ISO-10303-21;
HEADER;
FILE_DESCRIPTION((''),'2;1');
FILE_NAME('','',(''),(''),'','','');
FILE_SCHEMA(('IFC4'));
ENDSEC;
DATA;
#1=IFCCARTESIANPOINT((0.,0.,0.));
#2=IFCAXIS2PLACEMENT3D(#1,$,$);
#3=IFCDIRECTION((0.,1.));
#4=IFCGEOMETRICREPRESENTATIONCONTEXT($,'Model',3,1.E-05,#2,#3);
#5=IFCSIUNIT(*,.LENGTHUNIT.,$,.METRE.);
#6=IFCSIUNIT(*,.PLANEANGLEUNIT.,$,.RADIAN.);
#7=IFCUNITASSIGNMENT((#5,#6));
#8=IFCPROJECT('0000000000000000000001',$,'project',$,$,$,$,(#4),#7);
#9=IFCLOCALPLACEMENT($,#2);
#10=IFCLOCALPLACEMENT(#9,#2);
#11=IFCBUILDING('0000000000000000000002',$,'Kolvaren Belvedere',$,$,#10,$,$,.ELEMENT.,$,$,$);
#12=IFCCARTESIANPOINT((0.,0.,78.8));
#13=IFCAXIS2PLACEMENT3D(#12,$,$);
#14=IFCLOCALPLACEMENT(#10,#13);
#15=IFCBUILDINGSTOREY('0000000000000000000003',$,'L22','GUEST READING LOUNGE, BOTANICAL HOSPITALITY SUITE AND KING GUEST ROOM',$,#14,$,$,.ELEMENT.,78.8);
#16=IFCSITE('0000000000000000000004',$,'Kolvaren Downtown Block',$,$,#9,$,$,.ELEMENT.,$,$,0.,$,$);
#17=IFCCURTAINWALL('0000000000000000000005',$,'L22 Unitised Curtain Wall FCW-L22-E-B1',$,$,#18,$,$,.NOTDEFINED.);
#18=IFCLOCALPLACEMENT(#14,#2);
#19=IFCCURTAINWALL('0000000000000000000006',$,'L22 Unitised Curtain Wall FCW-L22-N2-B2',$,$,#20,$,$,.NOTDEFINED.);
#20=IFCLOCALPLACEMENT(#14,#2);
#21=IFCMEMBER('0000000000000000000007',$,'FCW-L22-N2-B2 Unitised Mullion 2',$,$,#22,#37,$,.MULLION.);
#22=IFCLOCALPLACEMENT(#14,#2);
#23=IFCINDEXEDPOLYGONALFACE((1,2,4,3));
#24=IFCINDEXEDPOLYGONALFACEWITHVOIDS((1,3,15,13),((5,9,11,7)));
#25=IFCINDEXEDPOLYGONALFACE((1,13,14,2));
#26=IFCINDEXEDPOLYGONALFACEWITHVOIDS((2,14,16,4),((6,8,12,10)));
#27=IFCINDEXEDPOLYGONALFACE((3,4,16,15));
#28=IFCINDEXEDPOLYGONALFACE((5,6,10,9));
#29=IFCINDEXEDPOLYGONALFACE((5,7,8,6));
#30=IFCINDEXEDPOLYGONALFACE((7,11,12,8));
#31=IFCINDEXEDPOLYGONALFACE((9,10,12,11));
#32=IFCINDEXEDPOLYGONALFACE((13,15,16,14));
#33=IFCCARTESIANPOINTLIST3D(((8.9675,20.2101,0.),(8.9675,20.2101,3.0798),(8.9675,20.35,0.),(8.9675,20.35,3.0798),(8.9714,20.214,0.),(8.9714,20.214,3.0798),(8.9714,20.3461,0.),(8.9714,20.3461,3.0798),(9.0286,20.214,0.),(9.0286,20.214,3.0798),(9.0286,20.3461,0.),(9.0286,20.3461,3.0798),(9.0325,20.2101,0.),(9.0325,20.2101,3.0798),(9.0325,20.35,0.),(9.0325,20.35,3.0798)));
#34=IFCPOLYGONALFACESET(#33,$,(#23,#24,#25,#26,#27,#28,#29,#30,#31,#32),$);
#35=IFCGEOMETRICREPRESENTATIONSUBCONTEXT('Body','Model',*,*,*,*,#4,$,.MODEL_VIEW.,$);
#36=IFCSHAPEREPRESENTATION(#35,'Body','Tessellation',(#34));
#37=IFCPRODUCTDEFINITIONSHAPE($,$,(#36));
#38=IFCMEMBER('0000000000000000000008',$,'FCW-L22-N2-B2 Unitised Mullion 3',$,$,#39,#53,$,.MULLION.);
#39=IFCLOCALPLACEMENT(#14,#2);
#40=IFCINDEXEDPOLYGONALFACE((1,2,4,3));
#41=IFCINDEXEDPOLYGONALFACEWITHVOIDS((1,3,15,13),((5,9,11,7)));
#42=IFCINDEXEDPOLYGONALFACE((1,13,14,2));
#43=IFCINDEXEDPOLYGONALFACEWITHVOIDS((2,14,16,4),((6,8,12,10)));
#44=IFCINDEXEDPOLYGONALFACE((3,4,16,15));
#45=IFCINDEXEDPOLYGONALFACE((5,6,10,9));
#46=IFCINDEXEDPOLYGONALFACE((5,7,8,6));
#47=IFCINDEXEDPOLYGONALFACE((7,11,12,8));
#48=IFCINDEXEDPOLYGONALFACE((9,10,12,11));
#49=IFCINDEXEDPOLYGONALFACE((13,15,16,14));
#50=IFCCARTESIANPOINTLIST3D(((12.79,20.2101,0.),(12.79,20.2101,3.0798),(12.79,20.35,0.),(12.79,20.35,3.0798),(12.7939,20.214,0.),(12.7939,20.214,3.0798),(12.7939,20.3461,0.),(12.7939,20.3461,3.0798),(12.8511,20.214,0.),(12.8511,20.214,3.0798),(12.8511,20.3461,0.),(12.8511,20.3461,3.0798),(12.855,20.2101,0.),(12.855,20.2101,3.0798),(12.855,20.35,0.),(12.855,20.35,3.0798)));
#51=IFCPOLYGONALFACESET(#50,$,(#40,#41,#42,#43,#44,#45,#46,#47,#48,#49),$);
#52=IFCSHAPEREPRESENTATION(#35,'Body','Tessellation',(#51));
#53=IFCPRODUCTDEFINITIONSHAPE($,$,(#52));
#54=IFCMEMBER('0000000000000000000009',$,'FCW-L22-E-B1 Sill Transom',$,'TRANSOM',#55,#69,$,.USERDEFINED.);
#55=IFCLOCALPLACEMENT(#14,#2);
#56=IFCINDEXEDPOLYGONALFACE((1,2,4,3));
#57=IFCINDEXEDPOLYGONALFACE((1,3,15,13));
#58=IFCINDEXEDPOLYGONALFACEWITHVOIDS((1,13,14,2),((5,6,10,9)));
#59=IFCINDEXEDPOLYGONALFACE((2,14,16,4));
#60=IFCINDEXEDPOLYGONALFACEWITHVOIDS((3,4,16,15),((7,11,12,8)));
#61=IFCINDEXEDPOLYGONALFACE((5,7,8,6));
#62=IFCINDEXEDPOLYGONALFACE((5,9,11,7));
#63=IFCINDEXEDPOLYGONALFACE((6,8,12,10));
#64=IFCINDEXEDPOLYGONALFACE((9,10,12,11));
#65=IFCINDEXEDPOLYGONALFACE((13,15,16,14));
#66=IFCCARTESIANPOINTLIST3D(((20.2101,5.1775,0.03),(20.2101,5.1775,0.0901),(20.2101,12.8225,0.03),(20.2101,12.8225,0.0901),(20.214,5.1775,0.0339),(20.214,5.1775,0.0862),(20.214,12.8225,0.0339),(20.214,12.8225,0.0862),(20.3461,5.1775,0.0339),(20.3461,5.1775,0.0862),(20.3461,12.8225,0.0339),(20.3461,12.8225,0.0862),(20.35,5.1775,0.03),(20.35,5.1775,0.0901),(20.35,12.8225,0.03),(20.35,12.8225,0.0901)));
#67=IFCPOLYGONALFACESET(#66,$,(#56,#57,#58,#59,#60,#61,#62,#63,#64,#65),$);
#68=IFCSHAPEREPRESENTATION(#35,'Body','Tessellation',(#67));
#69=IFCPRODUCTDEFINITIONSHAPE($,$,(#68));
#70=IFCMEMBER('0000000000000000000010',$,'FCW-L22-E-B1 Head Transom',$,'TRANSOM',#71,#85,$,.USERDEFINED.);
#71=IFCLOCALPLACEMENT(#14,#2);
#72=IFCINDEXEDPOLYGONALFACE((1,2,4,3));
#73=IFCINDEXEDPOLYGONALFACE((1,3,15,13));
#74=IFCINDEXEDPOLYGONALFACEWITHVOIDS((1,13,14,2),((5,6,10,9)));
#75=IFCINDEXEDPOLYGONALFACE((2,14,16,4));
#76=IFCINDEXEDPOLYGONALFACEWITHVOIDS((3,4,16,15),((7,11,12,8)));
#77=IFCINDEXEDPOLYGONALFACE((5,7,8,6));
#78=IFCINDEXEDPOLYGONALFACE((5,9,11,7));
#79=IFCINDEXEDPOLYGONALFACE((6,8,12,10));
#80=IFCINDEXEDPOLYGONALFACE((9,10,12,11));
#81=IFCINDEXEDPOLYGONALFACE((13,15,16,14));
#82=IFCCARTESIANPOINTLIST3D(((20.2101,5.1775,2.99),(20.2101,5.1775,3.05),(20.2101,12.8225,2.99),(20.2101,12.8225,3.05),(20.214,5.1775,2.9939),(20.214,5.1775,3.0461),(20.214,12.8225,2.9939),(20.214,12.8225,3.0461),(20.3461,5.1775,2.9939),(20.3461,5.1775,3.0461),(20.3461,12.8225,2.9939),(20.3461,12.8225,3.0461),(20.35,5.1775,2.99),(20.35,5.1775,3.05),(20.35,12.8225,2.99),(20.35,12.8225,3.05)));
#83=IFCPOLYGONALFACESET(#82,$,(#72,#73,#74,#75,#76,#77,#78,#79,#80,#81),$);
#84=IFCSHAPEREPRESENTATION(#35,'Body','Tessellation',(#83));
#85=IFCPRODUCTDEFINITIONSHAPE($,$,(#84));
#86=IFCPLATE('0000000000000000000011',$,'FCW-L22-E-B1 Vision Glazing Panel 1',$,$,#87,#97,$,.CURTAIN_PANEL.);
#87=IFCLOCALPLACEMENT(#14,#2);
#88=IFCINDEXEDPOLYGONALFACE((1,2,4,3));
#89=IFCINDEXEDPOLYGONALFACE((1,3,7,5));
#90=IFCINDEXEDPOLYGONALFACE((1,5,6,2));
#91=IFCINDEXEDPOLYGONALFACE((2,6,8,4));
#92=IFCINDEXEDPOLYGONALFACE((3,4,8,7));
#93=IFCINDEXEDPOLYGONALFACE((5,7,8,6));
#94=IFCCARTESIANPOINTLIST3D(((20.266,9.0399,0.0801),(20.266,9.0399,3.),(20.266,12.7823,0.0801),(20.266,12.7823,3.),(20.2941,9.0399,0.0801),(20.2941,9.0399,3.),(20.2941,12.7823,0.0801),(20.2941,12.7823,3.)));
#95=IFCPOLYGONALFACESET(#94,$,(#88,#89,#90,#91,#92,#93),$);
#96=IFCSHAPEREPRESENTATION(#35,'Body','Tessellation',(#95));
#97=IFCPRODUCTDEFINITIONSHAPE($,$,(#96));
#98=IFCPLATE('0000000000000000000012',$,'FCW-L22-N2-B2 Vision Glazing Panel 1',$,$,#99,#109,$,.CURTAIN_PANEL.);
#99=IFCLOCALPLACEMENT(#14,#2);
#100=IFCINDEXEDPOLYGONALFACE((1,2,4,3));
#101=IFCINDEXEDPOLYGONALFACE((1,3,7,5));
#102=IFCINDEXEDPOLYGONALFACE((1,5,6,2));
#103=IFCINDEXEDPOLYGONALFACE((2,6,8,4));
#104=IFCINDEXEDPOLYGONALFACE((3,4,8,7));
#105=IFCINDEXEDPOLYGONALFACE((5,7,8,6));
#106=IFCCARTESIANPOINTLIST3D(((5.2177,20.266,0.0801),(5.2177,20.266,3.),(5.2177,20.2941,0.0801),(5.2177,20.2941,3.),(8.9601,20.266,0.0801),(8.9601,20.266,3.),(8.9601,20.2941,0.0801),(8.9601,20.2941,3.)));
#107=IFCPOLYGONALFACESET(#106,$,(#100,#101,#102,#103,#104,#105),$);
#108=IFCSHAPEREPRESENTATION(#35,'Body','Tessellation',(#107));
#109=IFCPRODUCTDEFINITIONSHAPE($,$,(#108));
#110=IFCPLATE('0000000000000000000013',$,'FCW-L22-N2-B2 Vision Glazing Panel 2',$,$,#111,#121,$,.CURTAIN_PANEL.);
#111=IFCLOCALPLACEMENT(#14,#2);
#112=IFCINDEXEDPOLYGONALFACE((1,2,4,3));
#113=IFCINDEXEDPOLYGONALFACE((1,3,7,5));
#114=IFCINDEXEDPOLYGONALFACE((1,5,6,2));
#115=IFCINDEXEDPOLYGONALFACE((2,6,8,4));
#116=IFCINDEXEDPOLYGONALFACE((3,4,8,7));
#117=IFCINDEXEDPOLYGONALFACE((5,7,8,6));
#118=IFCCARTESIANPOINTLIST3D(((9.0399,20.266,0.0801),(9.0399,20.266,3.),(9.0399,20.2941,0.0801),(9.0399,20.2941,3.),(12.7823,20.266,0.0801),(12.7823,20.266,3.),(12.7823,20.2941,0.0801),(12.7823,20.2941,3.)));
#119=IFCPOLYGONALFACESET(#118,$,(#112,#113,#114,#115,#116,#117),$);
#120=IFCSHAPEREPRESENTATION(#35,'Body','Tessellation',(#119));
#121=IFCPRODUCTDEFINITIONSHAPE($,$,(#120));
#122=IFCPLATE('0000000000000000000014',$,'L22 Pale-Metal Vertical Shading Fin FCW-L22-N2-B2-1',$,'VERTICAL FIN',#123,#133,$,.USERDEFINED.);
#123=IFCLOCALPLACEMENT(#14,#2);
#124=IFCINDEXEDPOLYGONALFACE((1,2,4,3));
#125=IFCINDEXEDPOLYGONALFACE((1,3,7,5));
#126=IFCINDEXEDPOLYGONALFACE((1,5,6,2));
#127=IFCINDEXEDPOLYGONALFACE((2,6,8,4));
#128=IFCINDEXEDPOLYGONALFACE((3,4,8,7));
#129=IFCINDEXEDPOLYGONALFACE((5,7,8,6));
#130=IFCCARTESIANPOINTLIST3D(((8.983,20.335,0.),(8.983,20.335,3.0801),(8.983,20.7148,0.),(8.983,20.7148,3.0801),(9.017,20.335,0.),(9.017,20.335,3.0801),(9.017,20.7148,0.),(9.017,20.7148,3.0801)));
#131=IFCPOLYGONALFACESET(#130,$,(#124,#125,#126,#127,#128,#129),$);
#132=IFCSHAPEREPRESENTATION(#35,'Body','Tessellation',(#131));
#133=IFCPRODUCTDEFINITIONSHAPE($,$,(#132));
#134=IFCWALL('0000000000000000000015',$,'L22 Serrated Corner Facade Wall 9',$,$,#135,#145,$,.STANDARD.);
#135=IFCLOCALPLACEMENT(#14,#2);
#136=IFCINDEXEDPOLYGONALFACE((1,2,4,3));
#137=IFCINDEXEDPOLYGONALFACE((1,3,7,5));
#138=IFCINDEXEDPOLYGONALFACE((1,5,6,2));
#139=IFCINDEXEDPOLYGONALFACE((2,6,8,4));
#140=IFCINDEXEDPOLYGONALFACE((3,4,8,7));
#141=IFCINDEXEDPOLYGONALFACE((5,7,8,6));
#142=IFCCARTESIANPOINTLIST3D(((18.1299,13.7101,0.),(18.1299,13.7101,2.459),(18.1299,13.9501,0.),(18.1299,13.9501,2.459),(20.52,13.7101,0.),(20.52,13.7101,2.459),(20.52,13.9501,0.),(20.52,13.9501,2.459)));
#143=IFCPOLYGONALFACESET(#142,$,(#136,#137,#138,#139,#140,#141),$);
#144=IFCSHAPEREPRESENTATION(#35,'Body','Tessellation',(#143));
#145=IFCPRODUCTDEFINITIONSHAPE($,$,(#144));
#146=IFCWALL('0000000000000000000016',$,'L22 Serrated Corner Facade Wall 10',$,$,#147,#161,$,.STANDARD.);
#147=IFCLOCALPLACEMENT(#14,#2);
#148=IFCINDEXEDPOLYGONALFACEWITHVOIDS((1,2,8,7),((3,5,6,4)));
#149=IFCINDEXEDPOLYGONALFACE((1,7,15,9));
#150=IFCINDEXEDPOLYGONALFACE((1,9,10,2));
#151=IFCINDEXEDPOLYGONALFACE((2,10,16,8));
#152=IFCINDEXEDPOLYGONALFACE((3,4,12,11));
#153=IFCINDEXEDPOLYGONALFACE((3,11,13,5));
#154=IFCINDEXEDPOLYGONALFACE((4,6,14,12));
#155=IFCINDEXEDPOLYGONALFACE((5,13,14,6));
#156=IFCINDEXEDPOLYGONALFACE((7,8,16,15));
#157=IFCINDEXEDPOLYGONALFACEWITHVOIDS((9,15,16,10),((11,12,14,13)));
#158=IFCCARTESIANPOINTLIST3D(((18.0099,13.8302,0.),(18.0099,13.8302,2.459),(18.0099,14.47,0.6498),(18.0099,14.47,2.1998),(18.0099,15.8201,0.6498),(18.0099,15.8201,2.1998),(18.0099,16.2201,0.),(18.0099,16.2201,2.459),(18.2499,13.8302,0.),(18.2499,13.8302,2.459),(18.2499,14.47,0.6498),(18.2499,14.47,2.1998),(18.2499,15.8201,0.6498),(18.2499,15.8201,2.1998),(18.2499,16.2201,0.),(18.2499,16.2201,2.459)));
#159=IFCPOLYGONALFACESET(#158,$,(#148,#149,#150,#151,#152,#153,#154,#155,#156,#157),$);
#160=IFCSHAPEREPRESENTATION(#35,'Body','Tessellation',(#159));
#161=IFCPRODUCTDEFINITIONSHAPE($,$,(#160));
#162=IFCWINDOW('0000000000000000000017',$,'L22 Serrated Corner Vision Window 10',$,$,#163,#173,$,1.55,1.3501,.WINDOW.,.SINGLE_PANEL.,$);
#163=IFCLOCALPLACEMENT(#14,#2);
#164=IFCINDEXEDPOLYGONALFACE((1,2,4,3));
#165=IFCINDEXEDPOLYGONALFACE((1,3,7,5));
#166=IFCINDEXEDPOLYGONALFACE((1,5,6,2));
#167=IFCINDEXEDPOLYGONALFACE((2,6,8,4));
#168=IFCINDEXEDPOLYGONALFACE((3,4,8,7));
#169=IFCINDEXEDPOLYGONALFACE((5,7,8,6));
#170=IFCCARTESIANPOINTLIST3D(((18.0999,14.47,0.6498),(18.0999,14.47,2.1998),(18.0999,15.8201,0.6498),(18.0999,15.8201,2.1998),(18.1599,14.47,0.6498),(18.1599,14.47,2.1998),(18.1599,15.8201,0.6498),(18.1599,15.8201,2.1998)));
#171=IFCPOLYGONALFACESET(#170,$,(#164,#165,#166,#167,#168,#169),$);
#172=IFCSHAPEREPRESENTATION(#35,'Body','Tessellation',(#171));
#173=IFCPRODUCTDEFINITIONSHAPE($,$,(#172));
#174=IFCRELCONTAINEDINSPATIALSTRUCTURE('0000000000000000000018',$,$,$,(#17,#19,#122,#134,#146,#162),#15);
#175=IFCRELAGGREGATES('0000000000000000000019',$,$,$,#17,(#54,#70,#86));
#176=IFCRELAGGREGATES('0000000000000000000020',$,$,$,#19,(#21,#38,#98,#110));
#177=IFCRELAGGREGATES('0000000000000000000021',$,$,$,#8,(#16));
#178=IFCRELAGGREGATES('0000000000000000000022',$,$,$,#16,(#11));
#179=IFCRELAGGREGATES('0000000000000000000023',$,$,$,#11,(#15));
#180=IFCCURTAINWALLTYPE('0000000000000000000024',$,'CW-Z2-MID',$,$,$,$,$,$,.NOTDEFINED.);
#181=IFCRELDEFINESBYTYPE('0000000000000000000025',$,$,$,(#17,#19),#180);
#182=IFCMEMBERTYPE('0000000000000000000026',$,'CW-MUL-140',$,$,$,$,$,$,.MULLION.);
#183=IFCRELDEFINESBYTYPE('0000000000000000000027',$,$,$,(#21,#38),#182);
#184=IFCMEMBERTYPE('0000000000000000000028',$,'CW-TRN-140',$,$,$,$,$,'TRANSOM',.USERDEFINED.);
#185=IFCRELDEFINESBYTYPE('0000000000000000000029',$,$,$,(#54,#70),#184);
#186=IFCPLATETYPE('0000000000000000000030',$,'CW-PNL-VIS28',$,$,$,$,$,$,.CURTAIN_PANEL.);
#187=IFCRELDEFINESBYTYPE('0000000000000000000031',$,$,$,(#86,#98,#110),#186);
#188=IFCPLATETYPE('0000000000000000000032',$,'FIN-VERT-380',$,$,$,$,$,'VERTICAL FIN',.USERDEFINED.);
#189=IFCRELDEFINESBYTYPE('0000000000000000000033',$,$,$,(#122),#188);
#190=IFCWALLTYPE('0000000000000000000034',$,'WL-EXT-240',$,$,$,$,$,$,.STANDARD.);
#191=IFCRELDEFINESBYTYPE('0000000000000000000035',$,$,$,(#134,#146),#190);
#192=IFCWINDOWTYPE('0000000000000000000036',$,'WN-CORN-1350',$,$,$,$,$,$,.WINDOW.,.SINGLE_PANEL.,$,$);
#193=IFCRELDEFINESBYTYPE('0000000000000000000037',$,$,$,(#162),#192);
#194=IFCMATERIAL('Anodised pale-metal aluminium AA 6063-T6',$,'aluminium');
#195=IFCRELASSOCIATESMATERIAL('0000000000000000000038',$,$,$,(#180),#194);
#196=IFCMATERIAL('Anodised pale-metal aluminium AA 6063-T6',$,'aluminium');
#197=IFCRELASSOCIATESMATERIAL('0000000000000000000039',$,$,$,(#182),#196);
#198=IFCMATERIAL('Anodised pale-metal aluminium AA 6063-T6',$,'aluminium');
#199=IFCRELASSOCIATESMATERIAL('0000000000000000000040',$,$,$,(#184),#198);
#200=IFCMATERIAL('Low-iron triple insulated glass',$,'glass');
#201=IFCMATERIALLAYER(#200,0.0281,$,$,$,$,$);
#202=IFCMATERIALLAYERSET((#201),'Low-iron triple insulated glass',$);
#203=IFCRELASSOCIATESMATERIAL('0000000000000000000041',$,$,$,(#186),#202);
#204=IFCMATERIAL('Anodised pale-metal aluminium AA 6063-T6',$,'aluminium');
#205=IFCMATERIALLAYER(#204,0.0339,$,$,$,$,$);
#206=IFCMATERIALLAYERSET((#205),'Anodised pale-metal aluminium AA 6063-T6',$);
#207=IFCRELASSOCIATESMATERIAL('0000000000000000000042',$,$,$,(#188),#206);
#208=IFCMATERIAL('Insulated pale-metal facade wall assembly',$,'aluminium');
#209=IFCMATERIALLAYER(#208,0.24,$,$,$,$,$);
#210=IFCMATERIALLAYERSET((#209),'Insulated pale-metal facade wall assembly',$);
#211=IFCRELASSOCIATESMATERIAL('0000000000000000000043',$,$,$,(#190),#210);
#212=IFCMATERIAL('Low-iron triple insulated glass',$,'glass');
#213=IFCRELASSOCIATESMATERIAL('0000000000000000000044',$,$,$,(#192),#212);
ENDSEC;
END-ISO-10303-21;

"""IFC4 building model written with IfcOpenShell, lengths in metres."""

from ifc_helpers import new_model, si_unit, direction, frame, frame_2d, origin, origin_2d, place, context, subcontext, project, spatial, rectangle, hollow_rectangle, extrude, material, layer, layer_set, material_profile, profile_set, type_object, element, fill, aggregate, save


model = new_model("IFC4")

# Units and contexts
model_context = context("Model", 3, precision=1e-05, world=origin(), true_north=direction((0.0, 1.0)))
body_context = subcontext(model_context, "Body", "Model", "MODEL_VIEW")
ifc_project = project(units=[si_unit("LENGTHUNIT", "METRE"), si_unit("PLANEANGLEUNIT", "RADIAN")], contexts=[model_context])

# Site, building, storey
site_placement = place(None, origin())
site = spatial("IfcSite", under=ifc_project, at=site_placement, Name="Kolvaren Downtown Block", CompositionType="ELEMENT", RefElevation=0.0)
building_placement = place(site_placement, origin())
building = spatial("IfcBuilding", under=site, at=building_placement, Name="Kolvaren Belvedere", CompositionType="ELEMENT")
storey_placement = place(building_placement, frame((0.0, 0.0, 78.8)))
storey = spatial("IfcBuildingStorey", under=building, at=storey_placement, Name="L22", Description="GUEST READING LOUNGE, BOTANICAL HOSPITALITY SUITE AND KING GUEST ROOM", CompositionType="ELEMENT", Elevation=78.8)

# Curtain wall
ifc_material_1 = material(Name="Anodised pale-metal aluminium AA 6063-T6", Category="aluminium")
curtain_wall_type = type_object("IfcCurtainWallType", Name="CW-Z2-MID", PredefinedType="NOTDEFINED", material=ifc_material_1)
curtain_wall_1_placement = place(storey_placement, origin())
curtain_wall_1 = element("IfcCurtainWall", 1, at=curtain_wall_1_placement, inside=storey, type_object=curtain_wall_type, Name="L22 Unitised Curtain Wall FCW-L22-E-B1", PredefinedType="NOTDEFINED")
ifc_material_2 = material(Name="Anodised pale-metal aluminium AA 6063-T6", Category="aluminium")
ifc_material_profile_1 = material_profile(ifc_material_2, hollow_rectangle(XDim=0.0649, YDim=0.1399, WallThickness=0.0039, at=origin_2d()), Name="ALU-MUL-140X65")
ifc_profile_set_1 = profile_set([ifc_material_profile_1], Name="Anodised pale-metal aluminium AA 6063-T6")
member_type_1 = type_object("IfcMemberType", Name="CW-MUL-140", PredefinedType="MULLION", material=ifc_profile_set_1)

# Curtain wall, members
curtain_wall_2_placement = place(storey_placement, origin())
curtain_wall_2 = element("IfcCurtainWall", 2, at=curtain_wall_2_placement, inside=storey, type_object=curtain_wall_type, Name="L22 Unitised Curtain Wall FCW-L22-N2-B2", PredefinedType="NOTDEFINED")
member_1_placement = place(storey_placement, frame((9.0, 20.28, 0.0), z_axis=(0.0, 0.0, 1.0), x_axis=(1.0, 0.0, 0.0)))
member_1 = element("IfcMember", 3, at=member_1_placement, type_object=member_type_1, Name="FCW-L22-N2-B2 Unitised Mullion 2", PredefinedType="MULLION", context=body_context, shape_type="SweptSolid", body=[
    extrude(hollow_rectangle(XDim=0.0649, YDim=0.1399, WallThickness=0.0039, at=origin_2d()), origin(), (0.0, 0.0, 1.0), 3.0798),
])
member_2_placement = place(storey_placement, frame((12.8225, 20.28, 0.0), z_axis=(0.0, 0.0, 1.0), x_axis=(1.0, 0.0, 0.0)))
member_2 = element("IfcMember", 4, at=member_2_placement, type_object=member_type_1, Name="FCW-L22-N2-B2 Unitised Mullion 3", PredefinedType="MULLION", context=body_context, shape_type="SweptSolid", body=[
    extrude(hollow_rectangle(XDim=0.0649, YDim=0.1399, WallThickness=0.0039, at=origin_2d()), origin(), (0.0, 0.0, 1.0), 3.0798),
])

# Members
ifc_material_3 = material(Name="Anodised pale-metal aluminium AA 6063-T6", Category="aluminium")
ifc_material_profile_2 = material_profile(ifc_material_3, hollow_rectangle(XDim=0.0601, YDim=0.1399, WallThickness=0.0039, at=origin_2d()), Name="ALU-TRN-140X60")
ifc_profile_set_2 = profile_set([ifc_material_profile_2], Name="Anodised pale-metal aluminium AA 6063-T6")
member_type_2 = type_object("IfcMemberType", Name="CW-TRN-140", ElementType="TRANSOM", PredefinedType="USERDEFINED", material=ifc_profile_set_2)
member_3_placement = place(storey_placement, frame((20.28, 12.8225, 0.0601), z_axis=(0.0, -1.0, 0.0), x_axis=(0.0, 0.0, 1.0)))
member_3 = element("IfcMember", 5, at=member_3_placement, type_object=member_type_2, Name="FCW-L22-E-B1 Sill Transom", ObjectType="TRANSOM", PredefinedType="USERDEFINED", context=body_context, shape_type="SweptSolid", body=[
    extrude(hollow_rectangle(XDim=0.0601, YDim=0.1399, WallThickness=0.0039, at=origin_2d()), origin(), (0.0, 0.0, 1.0), 7.645),
])
member_4_placement = place(storey_placement, frame((20.28, 12.8225, 3.02), z_axis=(0.0, -1.0, 0.0), x_axis=(0.0, 0.0, 1.0)))
member_4 = element("IfcMember", 6, at=member_4_placement, type_object=member_type_2, Name="FCW-L22-E-B1 Head Transom", ObjectType="TRANSOM", PredefinedType="USERDEFINED", context=body_context, shape_type="SweptSolid", body=[
    extrude(hollow_rectangle(XDim=0.0601, YDim=0.1399, WallThickness=0.0039, at=origin_2d()), origin(), (0.0, 0.0, 1.0), 7.645),
])

# Plates
ifc_material_4 = material(Name="Low-iron triple insulated glass", Category="glass")
ifc_layer_1 = layer(ifc_material_4, 0.0281)
ifc_layer_set_1 = layer_set([ifc_layer_1], Name="Low-iron triple insulated glass")
plate_type_1 = type_object("IfcPlateType", Name="CW-PNL-VIS28", PredefinedType="CURTAIN_PANEL", material=ifc_layer_set_1)
plate_1_placement = place(storey_placement, frame((20.28, 10.9111, 0.0801), z_axis=(0.0, 0.0, 1.0), x_axis=(0.0, -1.0, 0.0)))
plate_1 = element("IfcPlate", 7, at=plate_1_placement, type_object=plate_type_1, Name="FCW-L22-E-B1 Vision Glazing Panel 1", PredefinedType="CURTAIN_PANEL", context=body_context, shape_type="SweptSolid", body=[
    extrude(rectangle(XDim=3.7424, YDim=0.0281, at=origin_2d()), origin(), (0.0, 0.0, 1.0), 2.9199),
])
aggregate(curtain_wall_1, [member_3, member_4, plate_1])
plate_2_placement = place(storey_placement, frame((7.0889, 20.28, 0.0801), z_axis=(0.0, 0.0, 1.0), x_axis=(1.0, 0.0, 0.0)))
plate_2 = element("IfcPlate", 8, at=plate_2_placement, type_object=plate_type_1, Name="FCW-L22-N2-B2 Vision Glazing Panel 1", PredefinedType="CURTAIN_PANEL", context=body_context, shape_type="SweptSolid", body=[
    extrude(rectangle(XDim=3.7424, YDim=0.0281, at=origin_2d()), origin(), (0.0, 0.0, 1.0), 2.9199),
])
plate_3_placement = place(storey_placement, frame((10.9111, 20.28, 0.0801), z_axis=(0.0, 0.0, 1.0), x_axis=(1.0, 0.0, 0.0)))
plate_3 = element("IfcPlate", 9, at=plate_3_placement, type_object=plate_type_1, Name="FCW-L22-N2-B2 Vision Glazing Panel 2", PredefinedType="CURTAIN_PANEL", context=body_context, shape_type="SweptSolid", body=[
    extrude(rectangle(XDim=3.7424, YDim=0.0281, at=origin_2d()), origin(), (0.0, 0.0, 1.0), 2.9199),
])
aggregate(curtain_wall_2, [member_1, member_2, plate_2, plate_3])
ifc_material_5 = material(Name="Anodised pale-metal aluminium AA 6063-T6", Category="aluminium")
ifc_layer_2 = layer(ifc_material_5, 0.0339)
ifc_layer_set_2 = layer_set([ifc_layer_2], Name="Anodised pale-metal aluminium AA 6063-T6")
plate_type_2 = type_object("IfcPlateType", Name="FIN-VERT-380", ElementType="VERTICAL FIN", PredefinedType="USERDEFINED", material=ifc_layer_set_2)
plate_4_placement = place(storey_placement, frame((9.0, 20.5249, 0.0), z_axis=(0.0, 0.0, 1.0), x_axis=(0.0, 1.0, 0.0)))
element("IfcPlate", 10, at=plate_4_placement, inside=storey, type_object=plate_type_2, Name="L22 Pale-Metal Vertical Shading Fin FCW-L22-N2-B2-1", ObjectType="VERTICAL FIN", PredefinedType="USERDEFINED", context=body_context, shape_type="SweptSolid", body=[
    extrude(rectangle(XDim=0.3799, YDim=0.0339, at=origin_2d()), origin(), (0.0, 0.0, 1.0), 3.0801),
])

# Wall
ifc_material_6 = material(Name="Insulated pale-metal facade wall assembly", Category="aluminium")
ifc_layer_3 = layer(ifc_material_6, 0.24)
ifc_layer_set_3 = layer_set([ifc_layer_3], Name="Insulated pale-metal facade wall assembly")
wall_type_1 = type_object("IfcWallType", Name="WL-EXT-240", PredefinedType="STANDARD", material=ifc_layer_set_3)
wall_1_placement = place(storey_placement, frame((18.1299, 13.8301, 0.0), z_axis=(0.0, 0.0, 1.0), x_axis=(1.0, 0.0, 0.0)))
element("IfcWall", 11, at=wall_1_placement, inside=storey, type_object=wall_type_1, Name="L22 Serrated Corner Facade Wall 9", PredefinedType="STANDARD", context=body_context, shape_type="SweptSolid", body=[
    extrude(rectangle(XDim=2.3901, YDim=0.24, at=frame_2d((1.1951, 0.0))), origin(), (0.0, 0.0, 1.0), 2.459),
])

# Wall, opening, window
wall_2_placement = place(storey_placement, frame((18.1299, 16.22, 0.0), z_axis=(0.0, 0.0, 1.0), x_axis=(0.0, -1.0, 0.0)))
wall_2 = element("IfcWall", 12, at=wall_2_placement, inside=storey, type_object=wall_type_1, Name="L22 Serrated Corner Facade Wall 10", PredefinedType="STANDARD", context=body_context, shape_type="SweptSolid", body=[
    extrude(rectangle(XDim=2.3899, YDim=0.24, at=frame_2d((1.1948, 0.0))), origin(), (0.0, 0.0, 1.0), 2.459),
])
opening_1_placement = place(wall_2_placement, frame((0.3999, 0.0, 0.6499)))
opening_1 = element("IfcOpeningElement", 13, at=opening_1_placement, cuts=wall_2, PredefinedType="OPENING", context=body_context, shape_type="SweptSolid", body=[
    extrude(rectangle(XDim=1.3501, YDim=1.55, at=frame_2d((0.675, 0.7749))), frame((0.0, 0.1299, 0.0), z_axis=(0.0, -1.0, 0.0), x_axis=(1.0, 0.0, 0.0)), (0.0, 0.0, 1.0), 0.26),
])
ifc_material_7 = material(Name="Low-iron triple insulated glass", Category="glass")
window_type_1 = type_object("IfcWindowType", Name="WN-CORN-1350", PartitioningType="SINGLE_PANEL", PredefinedType="WINDOW", material=ifc_material_7)
window_1_placement = place(opening_1_placement, origin())
window_1 = element("IfcWindow", 14, at=window_1_placement, inside=storey, type_object=window_type_1, Name="L22 Serrated Corner Vision Window 10", OverallHeight=1.55, OverallWidth=1.3501, PartitioningType="SINGLE_PANEL", PredefinedType="WINDOW", context=body_context, shape_type="SweptSolid", body=[
    extrude(rectangle(XDim=1.3501, YDim=1.55, at=frame_2d((0.675, 0.7749))), frame((0.0, 0.03, 0.0), z_axis=(0.0, -1.0, 0.0), x_axis=(1.0, 0.0, 0.0)), (0.0, 0.0, 1.0), 0.0601),
])
fill(opening_1, window_1)

save(model, "model.ifc")
